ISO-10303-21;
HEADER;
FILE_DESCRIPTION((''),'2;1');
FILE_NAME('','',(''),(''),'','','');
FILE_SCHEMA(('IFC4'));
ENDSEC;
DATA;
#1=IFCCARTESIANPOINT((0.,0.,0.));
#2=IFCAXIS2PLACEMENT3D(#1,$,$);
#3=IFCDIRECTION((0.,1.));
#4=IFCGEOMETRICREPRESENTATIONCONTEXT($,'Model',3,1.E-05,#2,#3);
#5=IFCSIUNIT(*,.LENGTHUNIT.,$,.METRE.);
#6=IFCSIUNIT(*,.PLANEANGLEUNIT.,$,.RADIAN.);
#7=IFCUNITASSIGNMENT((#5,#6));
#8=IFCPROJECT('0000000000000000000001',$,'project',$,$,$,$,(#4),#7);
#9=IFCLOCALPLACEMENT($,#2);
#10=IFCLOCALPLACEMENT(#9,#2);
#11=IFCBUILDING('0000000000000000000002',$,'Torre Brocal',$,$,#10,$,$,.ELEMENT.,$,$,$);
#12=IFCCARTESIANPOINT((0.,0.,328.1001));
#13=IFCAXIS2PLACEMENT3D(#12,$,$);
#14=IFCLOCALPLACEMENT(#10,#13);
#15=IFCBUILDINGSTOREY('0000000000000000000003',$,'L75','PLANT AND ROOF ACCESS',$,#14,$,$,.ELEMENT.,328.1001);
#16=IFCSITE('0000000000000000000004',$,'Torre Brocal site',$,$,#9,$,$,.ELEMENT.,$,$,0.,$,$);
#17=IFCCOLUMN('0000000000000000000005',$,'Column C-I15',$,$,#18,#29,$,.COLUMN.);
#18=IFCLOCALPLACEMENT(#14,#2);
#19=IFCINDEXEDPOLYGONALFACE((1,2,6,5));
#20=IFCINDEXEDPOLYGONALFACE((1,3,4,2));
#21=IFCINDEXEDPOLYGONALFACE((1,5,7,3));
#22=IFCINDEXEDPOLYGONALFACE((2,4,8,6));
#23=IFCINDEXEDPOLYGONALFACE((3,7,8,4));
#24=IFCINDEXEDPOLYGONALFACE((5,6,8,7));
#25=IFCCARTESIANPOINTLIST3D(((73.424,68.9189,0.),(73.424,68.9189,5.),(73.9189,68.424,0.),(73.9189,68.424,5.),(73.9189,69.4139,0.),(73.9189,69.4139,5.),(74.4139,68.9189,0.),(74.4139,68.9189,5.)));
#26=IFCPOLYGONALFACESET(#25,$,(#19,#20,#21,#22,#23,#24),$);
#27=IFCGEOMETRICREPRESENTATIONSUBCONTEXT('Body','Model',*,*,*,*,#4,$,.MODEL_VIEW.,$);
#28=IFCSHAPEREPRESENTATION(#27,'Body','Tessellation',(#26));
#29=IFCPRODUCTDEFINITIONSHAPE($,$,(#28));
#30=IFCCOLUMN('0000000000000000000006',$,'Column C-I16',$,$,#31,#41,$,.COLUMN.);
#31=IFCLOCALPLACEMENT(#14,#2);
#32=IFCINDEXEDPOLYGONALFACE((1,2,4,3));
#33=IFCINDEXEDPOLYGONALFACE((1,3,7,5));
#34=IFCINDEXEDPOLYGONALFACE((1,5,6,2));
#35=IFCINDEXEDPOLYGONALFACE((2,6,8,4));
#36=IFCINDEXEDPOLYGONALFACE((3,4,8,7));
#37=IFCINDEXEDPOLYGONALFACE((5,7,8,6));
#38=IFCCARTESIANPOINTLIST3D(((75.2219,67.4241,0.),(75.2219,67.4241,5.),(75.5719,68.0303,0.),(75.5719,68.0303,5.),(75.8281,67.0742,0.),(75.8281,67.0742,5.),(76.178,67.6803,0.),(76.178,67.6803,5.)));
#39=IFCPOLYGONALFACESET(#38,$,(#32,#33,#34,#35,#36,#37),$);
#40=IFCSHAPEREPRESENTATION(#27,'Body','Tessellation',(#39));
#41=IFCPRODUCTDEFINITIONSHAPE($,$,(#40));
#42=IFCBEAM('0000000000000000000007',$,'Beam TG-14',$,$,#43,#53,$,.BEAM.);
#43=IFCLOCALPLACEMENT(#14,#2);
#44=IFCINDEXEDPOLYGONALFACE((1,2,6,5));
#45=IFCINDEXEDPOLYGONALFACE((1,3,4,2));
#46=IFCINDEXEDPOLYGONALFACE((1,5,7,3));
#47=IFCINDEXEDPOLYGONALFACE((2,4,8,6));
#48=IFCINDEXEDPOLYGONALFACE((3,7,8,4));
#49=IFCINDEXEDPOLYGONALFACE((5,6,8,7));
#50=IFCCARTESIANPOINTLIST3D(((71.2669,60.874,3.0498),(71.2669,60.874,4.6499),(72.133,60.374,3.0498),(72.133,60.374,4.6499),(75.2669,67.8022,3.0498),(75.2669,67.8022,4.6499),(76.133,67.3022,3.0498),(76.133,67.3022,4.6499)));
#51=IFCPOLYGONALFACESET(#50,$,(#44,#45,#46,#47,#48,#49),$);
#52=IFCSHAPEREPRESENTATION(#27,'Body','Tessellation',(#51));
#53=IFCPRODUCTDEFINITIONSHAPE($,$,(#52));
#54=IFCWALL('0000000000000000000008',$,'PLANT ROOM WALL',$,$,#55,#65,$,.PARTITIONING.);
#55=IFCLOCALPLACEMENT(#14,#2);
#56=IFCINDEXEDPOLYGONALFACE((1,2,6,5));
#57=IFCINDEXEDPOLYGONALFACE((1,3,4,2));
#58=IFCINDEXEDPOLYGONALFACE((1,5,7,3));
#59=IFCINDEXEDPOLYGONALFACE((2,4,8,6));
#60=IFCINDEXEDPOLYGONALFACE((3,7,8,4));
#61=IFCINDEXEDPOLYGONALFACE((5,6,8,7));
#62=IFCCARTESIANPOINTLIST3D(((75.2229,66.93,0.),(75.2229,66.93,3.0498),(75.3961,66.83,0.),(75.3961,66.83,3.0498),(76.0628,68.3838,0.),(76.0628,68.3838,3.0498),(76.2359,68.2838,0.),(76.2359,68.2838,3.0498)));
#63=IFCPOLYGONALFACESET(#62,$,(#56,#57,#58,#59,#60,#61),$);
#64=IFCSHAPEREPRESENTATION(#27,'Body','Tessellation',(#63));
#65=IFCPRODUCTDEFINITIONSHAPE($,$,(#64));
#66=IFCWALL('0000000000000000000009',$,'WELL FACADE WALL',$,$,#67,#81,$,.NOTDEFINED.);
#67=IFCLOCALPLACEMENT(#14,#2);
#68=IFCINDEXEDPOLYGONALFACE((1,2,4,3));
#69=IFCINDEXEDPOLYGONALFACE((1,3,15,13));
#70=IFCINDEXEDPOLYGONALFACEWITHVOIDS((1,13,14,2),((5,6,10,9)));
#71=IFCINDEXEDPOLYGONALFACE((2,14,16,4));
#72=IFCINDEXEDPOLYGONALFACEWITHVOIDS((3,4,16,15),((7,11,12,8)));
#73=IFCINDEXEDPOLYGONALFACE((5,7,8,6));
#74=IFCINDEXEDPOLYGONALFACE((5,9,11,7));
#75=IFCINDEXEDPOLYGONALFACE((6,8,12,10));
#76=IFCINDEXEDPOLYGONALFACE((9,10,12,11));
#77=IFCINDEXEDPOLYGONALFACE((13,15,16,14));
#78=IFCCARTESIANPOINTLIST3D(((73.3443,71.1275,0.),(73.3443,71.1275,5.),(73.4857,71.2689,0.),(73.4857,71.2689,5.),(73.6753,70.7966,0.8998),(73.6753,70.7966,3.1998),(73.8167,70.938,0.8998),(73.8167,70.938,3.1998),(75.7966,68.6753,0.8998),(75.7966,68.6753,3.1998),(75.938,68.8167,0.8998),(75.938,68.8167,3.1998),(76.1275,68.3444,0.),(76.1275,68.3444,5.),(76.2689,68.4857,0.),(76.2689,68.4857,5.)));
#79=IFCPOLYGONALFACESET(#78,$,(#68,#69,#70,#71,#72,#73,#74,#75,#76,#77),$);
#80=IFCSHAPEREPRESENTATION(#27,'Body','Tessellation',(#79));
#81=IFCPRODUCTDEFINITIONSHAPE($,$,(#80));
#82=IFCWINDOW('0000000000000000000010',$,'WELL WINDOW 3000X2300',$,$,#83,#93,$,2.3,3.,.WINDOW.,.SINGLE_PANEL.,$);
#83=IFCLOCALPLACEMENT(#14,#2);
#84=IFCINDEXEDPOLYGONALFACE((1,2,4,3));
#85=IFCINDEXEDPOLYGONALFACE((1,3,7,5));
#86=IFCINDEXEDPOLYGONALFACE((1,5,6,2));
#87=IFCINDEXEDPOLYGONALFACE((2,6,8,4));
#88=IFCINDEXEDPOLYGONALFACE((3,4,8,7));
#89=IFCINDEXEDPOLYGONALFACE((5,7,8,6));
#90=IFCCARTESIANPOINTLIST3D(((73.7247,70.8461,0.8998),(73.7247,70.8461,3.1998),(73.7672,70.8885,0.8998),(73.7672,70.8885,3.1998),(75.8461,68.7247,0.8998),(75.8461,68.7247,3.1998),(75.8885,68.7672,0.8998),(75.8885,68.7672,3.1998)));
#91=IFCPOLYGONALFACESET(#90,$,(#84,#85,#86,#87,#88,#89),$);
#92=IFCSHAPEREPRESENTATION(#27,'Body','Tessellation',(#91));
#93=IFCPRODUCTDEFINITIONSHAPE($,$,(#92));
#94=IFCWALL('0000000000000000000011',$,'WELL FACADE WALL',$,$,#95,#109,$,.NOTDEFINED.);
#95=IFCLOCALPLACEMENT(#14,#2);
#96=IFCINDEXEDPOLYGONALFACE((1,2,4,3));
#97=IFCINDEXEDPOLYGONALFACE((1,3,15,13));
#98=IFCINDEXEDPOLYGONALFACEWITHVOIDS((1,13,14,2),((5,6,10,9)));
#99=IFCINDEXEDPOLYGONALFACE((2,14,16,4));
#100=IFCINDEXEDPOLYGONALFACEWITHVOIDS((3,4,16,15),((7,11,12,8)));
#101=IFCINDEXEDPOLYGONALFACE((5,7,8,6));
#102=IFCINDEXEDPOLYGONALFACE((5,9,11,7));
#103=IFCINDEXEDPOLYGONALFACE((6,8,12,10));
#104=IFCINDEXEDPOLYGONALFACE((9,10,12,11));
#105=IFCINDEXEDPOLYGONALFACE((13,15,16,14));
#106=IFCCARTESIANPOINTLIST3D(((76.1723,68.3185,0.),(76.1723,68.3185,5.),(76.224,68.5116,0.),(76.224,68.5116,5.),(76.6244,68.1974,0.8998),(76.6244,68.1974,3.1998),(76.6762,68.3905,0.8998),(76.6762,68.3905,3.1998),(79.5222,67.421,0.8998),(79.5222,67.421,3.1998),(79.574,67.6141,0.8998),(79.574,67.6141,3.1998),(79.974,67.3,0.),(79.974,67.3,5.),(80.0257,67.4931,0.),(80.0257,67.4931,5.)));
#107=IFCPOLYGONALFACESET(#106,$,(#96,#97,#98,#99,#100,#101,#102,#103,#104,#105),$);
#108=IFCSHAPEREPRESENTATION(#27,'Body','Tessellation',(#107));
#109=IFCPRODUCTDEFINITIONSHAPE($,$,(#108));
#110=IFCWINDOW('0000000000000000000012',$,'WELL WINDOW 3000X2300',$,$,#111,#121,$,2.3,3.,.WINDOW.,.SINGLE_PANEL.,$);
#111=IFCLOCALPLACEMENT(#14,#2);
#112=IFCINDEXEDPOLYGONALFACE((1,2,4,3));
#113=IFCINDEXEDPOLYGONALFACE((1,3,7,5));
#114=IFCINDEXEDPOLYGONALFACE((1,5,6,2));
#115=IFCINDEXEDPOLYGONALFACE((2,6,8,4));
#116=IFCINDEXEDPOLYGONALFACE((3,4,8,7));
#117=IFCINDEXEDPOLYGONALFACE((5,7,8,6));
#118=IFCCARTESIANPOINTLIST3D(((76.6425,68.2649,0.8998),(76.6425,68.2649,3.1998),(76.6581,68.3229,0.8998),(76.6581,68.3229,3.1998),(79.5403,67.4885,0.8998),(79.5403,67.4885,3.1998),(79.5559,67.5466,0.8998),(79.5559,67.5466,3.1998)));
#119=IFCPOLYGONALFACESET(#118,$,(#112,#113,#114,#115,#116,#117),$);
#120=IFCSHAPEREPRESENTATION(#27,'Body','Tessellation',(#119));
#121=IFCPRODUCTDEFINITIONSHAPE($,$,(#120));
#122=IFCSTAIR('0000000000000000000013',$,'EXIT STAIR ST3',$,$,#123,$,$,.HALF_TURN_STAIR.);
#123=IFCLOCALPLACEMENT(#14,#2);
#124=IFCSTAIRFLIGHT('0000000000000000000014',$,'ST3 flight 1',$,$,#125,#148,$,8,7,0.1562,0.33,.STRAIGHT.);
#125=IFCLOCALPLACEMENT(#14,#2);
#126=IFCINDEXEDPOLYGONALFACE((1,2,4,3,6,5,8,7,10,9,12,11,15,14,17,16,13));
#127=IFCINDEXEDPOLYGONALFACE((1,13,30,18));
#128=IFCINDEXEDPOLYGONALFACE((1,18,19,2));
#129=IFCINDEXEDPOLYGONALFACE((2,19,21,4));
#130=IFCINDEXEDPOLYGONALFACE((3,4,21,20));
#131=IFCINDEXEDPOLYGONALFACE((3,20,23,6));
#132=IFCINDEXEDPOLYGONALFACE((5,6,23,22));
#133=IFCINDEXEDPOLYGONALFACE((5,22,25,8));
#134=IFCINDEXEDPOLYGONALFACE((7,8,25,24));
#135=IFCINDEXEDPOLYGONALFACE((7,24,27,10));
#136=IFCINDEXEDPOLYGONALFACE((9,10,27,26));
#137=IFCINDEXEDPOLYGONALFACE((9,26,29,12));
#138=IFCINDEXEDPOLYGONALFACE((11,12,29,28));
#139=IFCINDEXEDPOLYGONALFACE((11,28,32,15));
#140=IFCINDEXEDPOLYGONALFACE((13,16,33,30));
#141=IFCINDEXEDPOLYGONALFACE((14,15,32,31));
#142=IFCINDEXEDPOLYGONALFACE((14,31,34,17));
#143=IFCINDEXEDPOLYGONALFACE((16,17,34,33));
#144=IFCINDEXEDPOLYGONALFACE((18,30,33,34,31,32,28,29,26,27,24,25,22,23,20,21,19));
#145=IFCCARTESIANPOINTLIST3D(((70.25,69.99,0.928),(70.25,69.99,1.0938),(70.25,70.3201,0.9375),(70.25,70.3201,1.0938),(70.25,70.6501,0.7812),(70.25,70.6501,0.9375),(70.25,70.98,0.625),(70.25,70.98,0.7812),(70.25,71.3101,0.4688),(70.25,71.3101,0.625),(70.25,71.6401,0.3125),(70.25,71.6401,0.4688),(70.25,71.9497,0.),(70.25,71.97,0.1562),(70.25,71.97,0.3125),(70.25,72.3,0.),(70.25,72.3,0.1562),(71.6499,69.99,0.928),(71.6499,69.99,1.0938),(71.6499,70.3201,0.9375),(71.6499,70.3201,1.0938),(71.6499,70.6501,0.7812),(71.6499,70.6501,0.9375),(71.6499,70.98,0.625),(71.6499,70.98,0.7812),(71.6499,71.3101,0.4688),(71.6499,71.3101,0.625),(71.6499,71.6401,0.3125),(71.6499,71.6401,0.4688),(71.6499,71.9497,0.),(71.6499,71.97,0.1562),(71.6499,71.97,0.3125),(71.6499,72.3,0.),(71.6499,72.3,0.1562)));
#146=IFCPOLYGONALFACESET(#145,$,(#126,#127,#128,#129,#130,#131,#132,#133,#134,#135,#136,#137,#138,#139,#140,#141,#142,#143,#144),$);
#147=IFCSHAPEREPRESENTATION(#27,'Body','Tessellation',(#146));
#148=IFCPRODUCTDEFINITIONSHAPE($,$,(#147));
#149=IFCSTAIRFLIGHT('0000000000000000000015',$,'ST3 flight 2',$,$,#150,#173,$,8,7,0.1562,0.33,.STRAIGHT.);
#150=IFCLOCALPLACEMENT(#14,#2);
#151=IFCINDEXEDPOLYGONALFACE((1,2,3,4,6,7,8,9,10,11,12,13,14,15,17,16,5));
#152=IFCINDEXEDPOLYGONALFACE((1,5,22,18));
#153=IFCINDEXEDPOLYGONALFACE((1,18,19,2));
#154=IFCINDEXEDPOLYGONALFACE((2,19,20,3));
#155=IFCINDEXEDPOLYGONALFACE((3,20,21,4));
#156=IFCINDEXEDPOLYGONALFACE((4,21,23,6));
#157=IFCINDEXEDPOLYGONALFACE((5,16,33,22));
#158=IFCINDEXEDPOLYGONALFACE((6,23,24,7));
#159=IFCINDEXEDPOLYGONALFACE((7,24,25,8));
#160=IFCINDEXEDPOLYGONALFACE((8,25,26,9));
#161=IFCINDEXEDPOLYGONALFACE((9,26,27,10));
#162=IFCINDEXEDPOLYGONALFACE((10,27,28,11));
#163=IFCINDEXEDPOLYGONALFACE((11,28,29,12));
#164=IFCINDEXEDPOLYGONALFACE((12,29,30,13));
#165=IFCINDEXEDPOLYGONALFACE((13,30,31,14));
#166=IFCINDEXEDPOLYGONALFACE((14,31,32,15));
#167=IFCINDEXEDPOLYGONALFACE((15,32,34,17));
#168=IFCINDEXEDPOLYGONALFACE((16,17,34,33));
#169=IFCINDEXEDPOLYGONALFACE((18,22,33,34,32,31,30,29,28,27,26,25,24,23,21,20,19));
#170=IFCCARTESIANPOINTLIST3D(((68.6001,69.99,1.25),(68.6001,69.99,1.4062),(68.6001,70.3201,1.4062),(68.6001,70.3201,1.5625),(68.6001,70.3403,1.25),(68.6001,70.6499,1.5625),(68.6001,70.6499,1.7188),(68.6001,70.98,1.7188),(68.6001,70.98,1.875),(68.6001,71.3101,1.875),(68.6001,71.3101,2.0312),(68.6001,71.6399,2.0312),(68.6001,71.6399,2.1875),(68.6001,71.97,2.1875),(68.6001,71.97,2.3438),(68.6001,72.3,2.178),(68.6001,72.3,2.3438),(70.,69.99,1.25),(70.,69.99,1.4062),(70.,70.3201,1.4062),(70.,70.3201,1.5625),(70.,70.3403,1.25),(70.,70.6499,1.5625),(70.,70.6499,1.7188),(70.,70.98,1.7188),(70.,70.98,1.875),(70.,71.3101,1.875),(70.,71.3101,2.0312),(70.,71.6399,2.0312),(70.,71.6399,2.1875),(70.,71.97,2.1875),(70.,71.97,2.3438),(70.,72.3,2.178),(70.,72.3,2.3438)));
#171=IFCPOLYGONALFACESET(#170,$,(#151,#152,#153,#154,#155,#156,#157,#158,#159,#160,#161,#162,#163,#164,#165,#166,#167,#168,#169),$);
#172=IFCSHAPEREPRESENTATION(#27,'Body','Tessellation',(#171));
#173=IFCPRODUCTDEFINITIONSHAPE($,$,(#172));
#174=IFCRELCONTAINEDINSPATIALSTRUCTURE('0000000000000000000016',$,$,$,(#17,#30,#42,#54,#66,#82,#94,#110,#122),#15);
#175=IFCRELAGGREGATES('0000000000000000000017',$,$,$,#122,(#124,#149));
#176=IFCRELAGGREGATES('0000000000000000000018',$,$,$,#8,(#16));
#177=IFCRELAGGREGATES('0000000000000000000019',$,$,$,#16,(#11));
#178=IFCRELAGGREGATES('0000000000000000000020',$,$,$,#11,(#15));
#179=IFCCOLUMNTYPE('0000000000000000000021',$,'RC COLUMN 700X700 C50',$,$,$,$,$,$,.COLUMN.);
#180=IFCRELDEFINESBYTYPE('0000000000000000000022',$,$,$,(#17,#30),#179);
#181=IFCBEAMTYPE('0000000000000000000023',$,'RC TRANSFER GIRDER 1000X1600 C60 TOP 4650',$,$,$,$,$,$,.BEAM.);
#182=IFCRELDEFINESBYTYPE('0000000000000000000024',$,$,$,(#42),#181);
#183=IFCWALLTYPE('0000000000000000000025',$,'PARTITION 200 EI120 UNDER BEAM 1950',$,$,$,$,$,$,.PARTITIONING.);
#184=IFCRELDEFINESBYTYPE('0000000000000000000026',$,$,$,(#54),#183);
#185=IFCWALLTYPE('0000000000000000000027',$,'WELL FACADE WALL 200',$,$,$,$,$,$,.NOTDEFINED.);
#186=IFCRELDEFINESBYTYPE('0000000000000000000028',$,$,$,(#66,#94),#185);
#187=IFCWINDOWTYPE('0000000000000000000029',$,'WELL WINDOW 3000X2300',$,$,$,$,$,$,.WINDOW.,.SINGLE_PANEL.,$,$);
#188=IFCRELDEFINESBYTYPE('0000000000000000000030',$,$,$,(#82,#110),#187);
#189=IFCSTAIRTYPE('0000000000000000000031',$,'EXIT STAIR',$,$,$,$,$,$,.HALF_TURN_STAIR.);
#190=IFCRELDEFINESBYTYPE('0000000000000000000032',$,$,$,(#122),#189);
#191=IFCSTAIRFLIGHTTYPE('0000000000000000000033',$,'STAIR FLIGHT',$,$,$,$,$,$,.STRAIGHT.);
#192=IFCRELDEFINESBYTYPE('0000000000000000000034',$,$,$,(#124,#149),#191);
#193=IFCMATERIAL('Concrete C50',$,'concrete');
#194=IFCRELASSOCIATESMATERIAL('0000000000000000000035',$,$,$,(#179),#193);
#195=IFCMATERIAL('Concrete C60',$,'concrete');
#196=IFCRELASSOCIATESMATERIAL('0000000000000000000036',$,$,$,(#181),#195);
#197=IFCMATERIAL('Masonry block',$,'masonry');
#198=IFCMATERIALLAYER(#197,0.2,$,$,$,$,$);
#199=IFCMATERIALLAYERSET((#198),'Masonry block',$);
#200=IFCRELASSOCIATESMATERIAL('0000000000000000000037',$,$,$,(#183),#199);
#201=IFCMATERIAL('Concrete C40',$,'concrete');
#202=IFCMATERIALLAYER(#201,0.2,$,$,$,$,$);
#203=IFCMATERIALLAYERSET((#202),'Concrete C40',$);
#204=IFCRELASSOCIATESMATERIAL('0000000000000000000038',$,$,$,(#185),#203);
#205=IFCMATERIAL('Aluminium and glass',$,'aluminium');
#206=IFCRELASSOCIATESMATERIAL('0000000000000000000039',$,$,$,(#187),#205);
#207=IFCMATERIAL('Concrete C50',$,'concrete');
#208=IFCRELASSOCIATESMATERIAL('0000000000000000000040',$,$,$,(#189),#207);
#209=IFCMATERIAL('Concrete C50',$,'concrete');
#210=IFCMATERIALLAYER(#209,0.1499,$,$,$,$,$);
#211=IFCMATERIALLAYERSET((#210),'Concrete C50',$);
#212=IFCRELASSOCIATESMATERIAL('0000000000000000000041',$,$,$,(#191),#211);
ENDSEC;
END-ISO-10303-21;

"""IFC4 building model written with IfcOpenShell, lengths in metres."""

from ifc_helpers import new_model, si_unit, direction, frame, frame_2d, origin, origin_2d, place, context, subcontext, project, spatial, polyline, rectangle, outline, extrude, material, layer, layer_set, material_profile, profile_set, type_object, element, fill, aggregate, save


model = new_model("IFC4")

# Units and contexts
model_context = context("Model", 3, precision=1e-05, world=origin(), true_north=direction((0.0, 1.0)))
body_context = subcontext(model_context, "Body", "Model", "MODEL_VIEW")
ifc_project = project(units=[si_unit("LENGTHUNIT", "METRE"), si_unit("PLANEANGLEUNIT", "RADIAN")], contexts=[model_context])

# Site, building, storey
site_placement = place(None, origin())
site = spatial("IfcSite", under=ifc_project, at=site_placement, Name="Torre Brocal site", CompositionType="ELEMENT", RefElevation=0.0)
building_placement = place(site_placement, origin())
building = spatial("IfcBuilding", under=site, at=building_placement, Name="Torre Brocal", CompositionType="ELEMENT")
storey_placement = place(building_placement, frame((0.0, 0.0, 328.1001)))
storey = spatial("IfcBuildingStorey", under=building, at=storey_placement, Name="L75", Description="PLANT AND ROOF ACCESS", CompositionType="ELEMENT", Elevation=328.1001)

# Columns
ifc_material_1 = material(Name="Concrete C50", Category="concrete")
ifc_material_profile_1 = material_profile(ifc_material_1, rectangle(XDim=0.7, YDim=0.7, at=origin_2d()), Name="RC 700X700")
ifc_profile_set_1 = profile_set([ifc_material_profile_1], Name="Concrete C50")
column_type = type_object("IfcColumnType", Name="RC COLUMN 700X700 C50", PredefinedType="COLUMN", material=ifc_profile_set_1)
for number, where, z_axis, x_axis, name in (
    (1, (73.9189, 68.9189, 0.0), (0.0, 0.0, 1.0), (-0.707107, -0.707107, 0.0), "Column C-I15"),
    (2, (75.7, 67.5522, 0.0), (0.0, 0.0, 1.0), (-0.5, -0.866025, 0.0), "Column C-I16"),
):
    element("IfcColumn", number, at=place(storey_placement, frame(where, z_axis=z_axis, x_axis=x_axis)), inside=storey, type_object=column_type, Name=name, PredefinedType="COLUMN", context=body_context, shape_type="SweptSolid", body=[
        extrude(rectangle(XDim=0.7, YDim=0.7, at=origin_2d()), origin(), (0.0, 0.0, 1.0), 5.0),
    ])

# Beam
ifc_material_2 = material(Name="Concrete C60", Category="concrete")
ifc_material_profile_2 = material_profile(ifc_material_2, rectangle(XDim=1.0, YDim=1.6001, at=origin_2d()), Name="RC 1000X1600")
ifc_profile_set_2 = profile_set([ifc_material_profile_2], Name="Concrete C60")
beam_type = type_object("IfcBeamType", Name="RC TRANSFER GIRDER 1000X1600 C60 TOP 4650", PredefinedType="BEAM", material=ifc_profile_set_2)
beam_placement = place(storey_placement, frame((75.7, 67.5522, 3.8499), z_axis=(-0.499999, -0.866026, 0.0), x_axis=(0.866026, -0.499999, 0.0)))
element("IfcBeam", 3, at=beam_placement, inside=storey, type_object=beam_type, Name="Beam TG-14", PredefinedType="BEAM", context=body_context, shape_type="SweptSolid", body=[
    extrude(rectangle(XDim=1.0, YDim=1.6001, at=origin_2d()), origin(), (0.0, 0.0, 1.0), 8.0),
])

# Wall
ifc_material_3 = material(Name="Masonry block", Category="masonry")
ifc_layer_1 = layer(ifc_material_3, 0.2)
ifc_layer_set_1 = layer_set([ifc_layer_1], Name="Masonry block")
wall_type_1 = type_object("IfcWallType", Name="PARTITION 200 EI120 UNDER BEAM 1950", PredefinedType="PARTITIONING", material=ifc_layer_set_1)
wall_1_placement = place(storey_placement, frame((75.3096, 66.8801, 0.0), z_axis=(0.0, 0.0, 1.0), x_axis=(0.500205, 0.865907, 0.0)))
element("IfcWall", 4, at=wall_1_placement, inside=storey, type_object=wall_type_1, Name="PLANT ROOM WALL", PredefinedType="PARTITIONING", context=body_context, shape_type="SweptSolid", body=[
    extrude(rectangle(XDim=1.679, YDim=0.2, at=frame_2d((0.8394, 0.0))), origin(), (0.0, 0.0, 1.0), 3.0498),
])

# Walls, openings, windows
ifc_material_4 = material(Name="Concrete C40", Category="concrete")
ifc_layer_2 = layer(ifc_material_4, 0.2)
ifc_layer_set_2 = layer_set([ifc_layer_2], Name="Concrete C40")
wall_type_2 = type_object("IfcWallType", Name="WELL FACADE WALL 200", PredefinedType="NOTDEFINED", material=ifc_layer_set_2)
wall_2_placement = place(storey_placement, frame((73.415, 71.1982, 0.0), z_axis=(0.0, 0.0, 1.0), x_axis=(0.707107, -0.707107, 0.0)))
wall_2 = element("IfcWall", 5, at=wall_2_placement, inside=storey, type_object=wall_type_2, Name="WELL FACADE WALL", PredefinedType="NOTDEFINED", context=body_context, shape_type="SweptSolid", body=[
    extrude(rectangle(XDim=3.936, YDim=0.2, at=frame_2d((1.968, 0.0))), origin(), (0.0, 0.0, 1.0), 5.0),
])
opening_1_placement = place(wall_2_placement, frame((0.468, 0.0, 0.8999)))
opening_1 = element("IfcOpeningElement", 6, at=opening_1_placement, cuts=wall_2, PredefinedType="OPENING", context=body_context, shape_type="SweptSolid", body=[
    extrude(rectangle(XDim=3.0, YDim=2.3, at=frame_2d((1.5, 1.1499))), frame((0.0, 0.1099, 0.0), z_axis=(0.0, -1.0, 0.0), x_axis=(1.0, 0.0, 0.0)), (0.0, 0.0, 1.0), 0.22),
])
ifc_material_5 = material(Name="Aluminium and glass", Category="aluminium")
window_type = type_object("IfcWindowType", Name="WELL WINDOW 3000X2300", PartitioningType="SINGLE_PANEL", PredefinedType="WINDOW", material=ifc_material_5)
window_1_placement = place(opening_1_placement, origin())
window_1 = element("IfcWindow", 7, at=window_1_placement, inside=storey, type_object=window_type, Name="WELL WINDOW 3000X2300", OverallHeight=2.3, OverallWidth=3.0, PartitioningType="SINGLE_PANEL", PredefinedType="WINDOW", context=body_context, shape_type="SweptSolid", body=[
    extrude(rectangle(XDim=3.0, YDim=2.3, at=frame_2d((1.5, 1.1499))), frame((0.0, 0.03, 0.0), z_axis=(0.0, -1.0, 0.0), x_axis=(1.0, 0.0, 0.0)), (0.0, 0.0, 1.0), 0.0601),
])
fill(opening_1, window_1)
wall_3_placement = place(storey_placement, frame((76.1982, 68.415, 0.0), z_axis=(0.0, 0.0, 1.0), x_axis=(0.965934, -0.25879, 0.0)))
wall_3 = element("IfcWall", 8, at=wall_3_placement, inside=storey, type_object=wall_type_2, Name="WELL FACADE WALL", PredefinedType="NOTDEFINED", context=body_context, shape_type="SweptSolid", body=[
    extrude(rectangle(XDim=3.9358, YDim=0.2, at=frame_2d((1.9678, 0.0))), origin(), (0.0, 0.0, 1.0), 5.0),
])
opening_2_placement = place(wall_3_placement, frame((0.468, 0.0, 0.8999)))
opening_2 = element("IfcOpeningElement", 9, at=opening_2_placement, cuts=wall_3, PredefinedType="OPENING", context=body_context, shape_type="SweptSolid", body=[
    extrude(rectangle(XDim=3.0, YDim=2.3, at=frame_2d((1.5, 1.1499))), frame((0.0, 0.1099, 0.0), z_axis=(0.0, -1.0, 0.0), x_axis=(1.0, 0.0, 0.0)), (0.0, 0.0, 1.0), 0.22),
])
window_2_placement = place(opening_2_placement, origin())
window_2 = element("IfcWindow", 10, at=window_2_placement, inside=storey, type_object=window_type, Name="WELL WINDOW 3000X2300", OverallHeight=2.3, OverallWidth=3.0, PartitioningType="SINGLE_PANEL", PredefinedType="WINDOW", context=body_context, shape_type="SweptSolid", body=[
    extrude(rectangle(XDim=3.0, YDim=2.3, at=frame_2d((1.5, 1.1499))), frame((0.0, 0.03, 0.0), z_axis=(0.0, -1.0, 0.0), x_axis=(1.0, 0.0, 0.0)), (0.0, 0.0, 1.0), 0.0601),
])
fill(opening_2, window_2)

# Stair, stair flights
ifc_material_6 = material(Name="Concrete C50", Category="concrete")
stair_type = type_object("IfcStairType", Name="EXIT STAIR", PredefinedType="HALF_TURN_STAIR", material=ifc_material_6)
stair_placement = place(storey_placement, origin())
stair = element("IfcStair", 11, at=stair_placement, inside=storey, type_object=stair_type, Name="EXIT STAIR ST3", PredefinedType="HALF_TURN_STAIR")
ifc_material_7 = material(Name="Concrete C50", Category="concrete")
ifc_layer_3 = layer(ifc_material_7, 0.1499)
ifc_layer_set_3 = layer_set([ifc_layer_3], Name="Concrete C50")
stair_flight_type = type_object("IfcStairFlightType", Name="STAIR FLIGHT", PredefinedType="STRAIGHT", material=ifc_layer_set_3)
stair_flight_1_placement = place(storey_placement, frame((70.95, 72.3, 0.0), z_axis=(0.0, 0.0, 1.0), x_axis=(0.0, -1.0, 0.0)))
stair_flight_1 = element("IfcStairFlight", 12, at=stair_flight_1_placement, type_object=stair_flight_type, Name="ST3 flight 1", NumberOfRisers=8, NumberOfTreads=7, PredefinedType="STRAIGHT", RiserHeight=0.1562, TreadLength=0.33, context=body_context, shape_type="SweptSolid", body=[
    extrude(outline(polyline([(0.0, 0.0), (0.0, 0.1562), (0.3301, 0.1562), (0.3301, 0.3125), (0.6599, 0.3125), (0.6599, 0.4688), (0.99, 0.4688), (0.99, 0.625), (1.3201, 0.625), (1.3201, 0.7812), (1.6499, 0.7812), (1.6499, 0.9375), (1.98, 0.9375), (1.98, 1.0938), (2.3101, 1.0938), (2.3101, 1.25), (2.3101, 0.928), (0.3503, 0.0), (0.0, 0.0)])), frame((0.0, 0.7, 0.0), z_axis=(0.0, -1.0, 0.0), x_axis=(1.0, 0.0, 0.0)), (0.0, 0.0, 1.0), 1.3999),
])
stair_flight_2_placement = place(storey_placement, frame((69.3, 69.99, 1.25), z_axis=(0.0, 0.0, 1.0), x_axis=(0.0, 1.0, 0.0)))
stair_flight_2 = element("IfcStairFlight", 13, at=stair_flight_2_placement, type_object=stair_flight_type, Name="ST3 flight 2", NumberOfRisers=8, NumberOfTreads=7, PredefinedType="STRAIGHT", RiserHeight=0.1562, TreadLength=0.33, context=body_context, shape_type="SweptSolid", body=[
    extrude(outline(polyline([(0.0, 0.0), (0.0, 0.1562), (0.3301, 0.1562), (0.3301, 0.3125), (0.6599, 0.3125), (0.6599, 0.4688), (0.99, 0.4688), (0.99, 0.625), (1.3201, 0.625), (1.3201, 0.7812), (1.6499, 0.7812), (1.6499, 0.9375), (1.98, 0.9375), (1.98, 1.0938), (2.3101, 1.0938), (2.3101, 1.25), (2.3101, 0.928), (0.3503, 0.0), (0.0, 0.0)])), frame((0.0, 0.7, 0.0), z_axis=(0.0, -1.0, 0.0), x_axis=(1.0, 0.0, 0.0)), (0.0, 0.0, 1.0), 1.3999),
])
aggregate(stair, [stair_flight_1, stair_flight_2])

save(model, "model.ifc")
